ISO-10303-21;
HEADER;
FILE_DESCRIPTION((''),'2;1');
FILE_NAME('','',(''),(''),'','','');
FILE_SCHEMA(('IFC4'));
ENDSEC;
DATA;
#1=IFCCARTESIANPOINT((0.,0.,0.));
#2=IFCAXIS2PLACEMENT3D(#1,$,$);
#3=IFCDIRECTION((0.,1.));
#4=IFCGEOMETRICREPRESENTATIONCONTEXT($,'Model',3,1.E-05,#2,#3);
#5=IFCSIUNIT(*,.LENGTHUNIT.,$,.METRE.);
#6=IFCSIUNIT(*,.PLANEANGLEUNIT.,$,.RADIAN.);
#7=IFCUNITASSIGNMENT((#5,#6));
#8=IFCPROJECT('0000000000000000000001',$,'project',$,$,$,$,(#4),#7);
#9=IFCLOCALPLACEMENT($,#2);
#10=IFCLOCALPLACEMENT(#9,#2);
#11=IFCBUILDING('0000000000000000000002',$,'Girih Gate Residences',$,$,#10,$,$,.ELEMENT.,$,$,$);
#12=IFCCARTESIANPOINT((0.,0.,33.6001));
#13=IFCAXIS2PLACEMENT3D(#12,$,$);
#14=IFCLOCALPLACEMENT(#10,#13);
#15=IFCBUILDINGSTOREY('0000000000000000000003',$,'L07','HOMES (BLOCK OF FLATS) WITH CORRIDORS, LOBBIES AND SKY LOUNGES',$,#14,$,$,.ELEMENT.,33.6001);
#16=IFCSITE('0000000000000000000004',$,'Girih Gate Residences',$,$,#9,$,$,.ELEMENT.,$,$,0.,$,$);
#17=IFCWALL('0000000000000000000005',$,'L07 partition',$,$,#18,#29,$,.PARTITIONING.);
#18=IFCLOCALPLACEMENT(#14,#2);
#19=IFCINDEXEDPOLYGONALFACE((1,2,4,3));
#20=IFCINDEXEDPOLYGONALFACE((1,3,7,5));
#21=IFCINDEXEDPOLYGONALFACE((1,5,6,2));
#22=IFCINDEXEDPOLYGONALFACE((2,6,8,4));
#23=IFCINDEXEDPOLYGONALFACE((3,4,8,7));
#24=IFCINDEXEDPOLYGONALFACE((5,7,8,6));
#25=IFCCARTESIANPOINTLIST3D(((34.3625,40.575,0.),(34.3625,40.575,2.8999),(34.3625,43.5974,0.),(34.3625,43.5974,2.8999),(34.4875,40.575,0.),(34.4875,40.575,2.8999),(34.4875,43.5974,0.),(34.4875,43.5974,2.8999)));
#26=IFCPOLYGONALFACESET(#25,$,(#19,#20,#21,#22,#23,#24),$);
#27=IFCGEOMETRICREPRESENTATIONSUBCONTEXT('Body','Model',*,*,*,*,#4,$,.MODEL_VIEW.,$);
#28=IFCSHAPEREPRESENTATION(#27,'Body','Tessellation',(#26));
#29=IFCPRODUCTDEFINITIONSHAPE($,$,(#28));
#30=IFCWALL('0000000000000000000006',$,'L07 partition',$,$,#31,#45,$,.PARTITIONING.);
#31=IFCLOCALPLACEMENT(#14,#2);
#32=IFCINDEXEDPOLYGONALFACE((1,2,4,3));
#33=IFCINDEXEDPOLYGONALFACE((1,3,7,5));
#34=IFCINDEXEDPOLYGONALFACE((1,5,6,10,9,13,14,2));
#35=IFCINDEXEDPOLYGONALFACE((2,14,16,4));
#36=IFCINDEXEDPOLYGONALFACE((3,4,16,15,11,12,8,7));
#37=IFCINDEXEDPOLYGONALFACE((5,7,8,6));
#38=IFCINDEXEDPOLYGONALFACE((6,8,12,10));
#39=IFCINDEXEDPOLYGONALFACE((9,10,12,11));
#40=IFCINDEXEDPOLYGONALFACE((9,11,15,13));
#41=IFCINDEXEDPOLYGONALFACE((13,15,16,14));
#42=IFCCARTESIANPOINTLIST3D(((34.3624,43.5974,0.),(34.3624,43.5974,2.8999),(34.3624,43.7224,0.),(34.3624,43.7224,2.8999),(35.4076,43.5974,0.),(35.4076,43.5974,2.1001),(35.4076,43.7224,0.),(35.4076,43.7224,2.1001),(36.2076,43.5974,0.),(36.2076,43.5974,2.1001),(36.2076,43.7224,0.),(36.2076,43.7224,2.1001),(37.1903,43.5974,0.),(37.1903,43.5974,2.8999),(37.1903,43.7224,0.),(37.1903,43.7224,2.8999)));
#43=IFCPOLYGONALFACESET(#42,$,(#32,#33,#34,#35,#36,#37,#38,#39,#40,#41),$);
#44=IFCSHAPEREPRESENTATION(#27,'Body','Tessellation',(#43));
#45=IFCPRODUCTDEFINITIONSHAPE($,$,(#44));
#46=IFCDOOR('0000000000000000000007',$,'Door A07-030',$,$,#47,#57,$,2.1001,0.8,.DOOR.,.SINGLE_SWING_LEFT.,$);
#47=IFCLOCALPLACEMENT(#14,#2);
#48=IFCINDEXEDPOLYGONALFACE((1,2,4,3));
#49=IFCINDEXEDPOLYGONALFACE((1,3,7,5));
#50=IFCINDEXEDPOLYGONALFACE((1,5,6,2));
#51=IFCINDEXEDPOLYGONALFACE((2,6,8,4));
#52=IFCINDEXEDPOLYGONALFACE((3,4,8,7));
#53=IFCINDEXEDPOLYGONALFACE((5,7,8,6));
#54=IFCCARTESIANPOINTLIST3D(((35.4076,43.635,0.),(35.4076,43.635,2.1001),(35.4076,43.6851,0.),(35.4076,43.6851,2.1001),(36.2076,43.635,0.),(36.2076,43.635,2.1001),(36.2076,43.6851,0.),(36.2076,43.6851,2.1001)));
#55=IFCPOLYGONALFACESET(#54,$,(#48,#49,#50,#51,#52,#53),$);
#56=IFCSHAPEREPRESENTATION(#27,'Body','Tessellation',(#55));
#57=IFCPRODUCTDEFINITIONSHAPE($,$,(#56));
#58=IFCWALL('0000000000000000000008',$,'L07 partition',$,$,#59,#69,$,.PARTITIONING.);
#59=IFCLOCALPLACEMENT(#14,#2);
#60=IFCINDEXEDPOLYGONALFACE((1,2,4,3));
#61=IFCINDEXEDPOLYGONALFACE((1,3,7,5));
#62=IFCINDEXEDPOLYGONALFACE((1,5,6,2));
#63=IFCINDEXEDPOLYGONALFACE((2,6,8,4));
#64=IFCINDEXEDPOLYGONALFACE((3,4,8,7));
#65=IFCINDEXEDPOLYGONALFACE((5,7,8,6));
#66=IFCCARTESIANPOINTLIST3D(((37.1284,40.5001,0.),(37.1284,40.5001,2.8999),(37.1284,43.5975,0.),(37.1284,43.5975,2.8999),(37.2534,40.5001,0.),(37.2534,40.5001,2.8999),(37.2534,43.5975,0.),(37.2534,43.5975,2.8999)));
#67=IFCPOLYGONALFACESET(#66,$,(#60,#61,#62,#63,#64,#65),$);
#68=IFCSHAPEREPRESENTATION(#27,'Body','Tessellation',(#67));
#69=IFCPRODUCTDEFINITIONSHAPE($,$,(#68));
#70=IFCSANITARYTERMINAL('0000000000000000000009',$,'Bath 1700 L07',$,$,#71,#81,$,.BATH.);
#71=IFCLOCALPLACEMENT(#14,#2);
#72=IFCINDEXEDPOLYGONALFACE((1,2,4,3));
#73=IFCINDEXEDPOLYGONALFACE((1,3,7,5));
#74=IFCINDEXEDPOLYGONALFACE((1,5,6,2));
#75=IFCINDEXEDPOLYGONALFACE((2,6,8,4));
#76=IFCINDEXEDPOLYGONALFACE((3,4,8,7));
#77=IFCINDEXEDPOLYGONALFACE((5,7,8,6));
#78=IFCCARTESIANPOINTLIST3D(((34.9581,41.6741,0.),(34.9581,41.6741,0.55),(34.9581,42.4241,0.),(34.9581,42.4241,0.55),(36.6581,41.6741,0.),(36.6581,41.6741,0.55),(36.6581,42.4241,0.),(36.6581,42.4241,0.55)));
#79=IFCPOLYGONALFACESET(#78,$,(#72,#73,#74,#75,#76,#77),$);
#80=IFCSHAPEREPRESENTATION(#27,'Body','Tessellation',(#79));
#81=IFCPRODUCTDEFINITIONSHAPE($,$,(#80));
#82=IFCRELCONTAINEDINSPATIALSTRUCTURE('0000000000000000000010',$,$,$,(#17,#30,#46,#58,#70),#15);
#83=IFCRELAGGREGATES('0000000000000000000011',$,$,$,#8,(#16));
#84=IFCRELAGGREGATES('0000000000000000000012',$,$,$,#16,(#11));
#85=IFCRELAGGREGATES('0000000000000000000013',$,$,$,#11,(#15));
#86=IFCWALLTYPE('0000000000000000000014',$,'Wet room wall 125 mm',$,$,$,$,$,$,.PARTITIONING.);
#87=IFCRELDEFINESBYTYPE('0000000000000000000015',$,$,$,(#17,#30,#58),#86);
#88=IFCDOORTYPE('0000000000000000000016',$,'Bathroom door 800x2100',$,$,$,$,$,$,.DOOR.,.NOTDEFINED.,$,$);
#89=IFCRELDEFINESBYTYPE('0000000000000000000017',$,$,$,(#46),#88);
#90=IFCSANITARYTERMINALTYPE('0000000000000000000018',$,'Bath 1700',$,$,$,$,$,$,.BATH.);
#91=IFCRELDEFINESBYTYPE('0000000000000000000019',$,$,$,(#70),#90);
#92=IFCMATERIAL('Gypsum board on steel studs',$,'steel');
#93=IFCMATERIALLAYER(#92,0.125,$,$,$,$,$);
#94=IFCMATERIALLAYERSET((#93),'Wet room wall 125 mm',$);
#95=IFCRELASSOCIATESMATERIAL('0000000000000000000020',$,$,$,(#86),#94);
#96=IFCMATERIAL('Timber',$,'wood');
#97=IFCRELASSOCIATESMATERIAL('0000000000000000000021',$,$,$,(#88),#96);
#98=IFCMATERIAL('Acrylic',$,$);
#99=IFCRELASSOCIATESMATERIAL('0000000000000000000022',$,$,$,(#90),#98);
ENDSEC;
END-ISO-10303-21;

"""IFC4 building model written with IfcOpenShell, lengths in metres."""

from ifc_helpers import new_model, si_unit, direction, frame, frame_2d, origin, origin_2d, place, context, subcontext, project, spatial, rectangle, extrude, material, layer, layer_set, type_object, element, fill, save


model = new_model("IFC4")

# Units and contexts
model_context = context("Model", 3, precision=1e-05, world=origin(), true_north=direction((0.0, 1.0)))
body_context = subcontext(model_context, "Body", "Model", "MODEL_VIEW")
ifc_project = project(units=[si_unit("LENGTHUNIT", "METRE"), si_unit("PLANEANGLEUNIT", "RADIAN")], contexts=[model_context])

# Site, building, storey
site_placement = place(None, origin())
site = spatial("IfcSite", under=ifc_project, at=site_placement, Name="Girih Gate Residences", CompositionType="ELEMENT", RefElevation=0.0)
building_placement = place(site_placement, origin())
building = spatial("IfcBuilding", under=site, at=building_placement, Name="Girih Gate Residences", CompositionType="ELEMENT")
storey_placement = place(building_placement, frame((0.0, 0.0, 33.6001)))
storey = spatial("IfcBuildingStorey", under=building, at=storey_placement, Name="L07", Description="HOMES (BLOCK OF FLATS) WITH CORRIDORS, LOBBIES AND SKY LOUNGES", CompositionType="ELEMENT", Elevation=33.6001)

# Shared definitions
ifc_material_1 = material(Name="Gypsum board on steel studs", Category="steel")

# Shared definitions
ifc_material_2 = material(Name="Timber", Category="wood")

# Wall
ifc_layer_1 = layer(ifc_material_1, 0.125)
ifc_layer_set_1 = layer_set([ifc_layer_1], Name="Wet room wall 125 mm")
wall_type_1 = type_object("IfcWallType", Name="Wet room wall 125 mm", PredefinedType="PARTITIONING", material=ifc_layer_set_1)
wall_1_placement = place(storey_placement, frame((34.425, 40.575, 0.0), z_axis=(0.0, 0.0, 1.0), x_axis=(0.0, 1.0, 0.0)))
element("IfcWall", 1, at=wall_1_placement, inside=storey, type_object=wall_type_1, Name="L07 partition", PredefinedType="PARTITIONING", context=body_context, shape_type="SweptSolid", body=[
    extrude(rectangle(XDim=3.0225, YDim=0.125, at=frame_2d((1.5112, 0.0))), origin(), (0.0, 0.0, 1.0), 2.8999),
])

# Wall, opening, door
wall_2_placement = place(storey_placement, frame((37.1904, 43.6599, 0.0), z_axis=(0.0, 0.0, 1.0), x_axis=(-1.0, 0.0, 0.0)))
wall_2 = element("IfcWall", 2, at=wall_2_placement, inside=storey, type_object=wall_type_1, Name="L07 partition", PredefinedType="PARTITIONING", context=body_context, shape_type="SweptSolid", body=[
    extrude(rectangle(XDim=2.8279, YDim=0.125, at=frame_2d((1.4141, 0.0))), origin(), (0.0, 0.0, 1.0), 2.8999),
])
opening_1_placement = place(wall_2_placement, frame((0.9829, 0.0, 0.0)))
opening_1 = element("IfcOpeningElement", 3, at=opening_1_placement, cuts=wall_2, PredefinedType="OPENING", context=body_context, shape_type="SweptSolid", body=[
    extrude(rectangle(XDim=0.8, YDim=2.1001, at=frame_2d((0.3999, 1.05))), frame((0.0, 0.0725, 0.0), z_axis=(0.0, -1.0, 0.0), x_axis=(1.0, 0.0, 0.0)), (0.0, 0.0, 1.0), 0.145),
])
door_type_1 = type_object("IfcDoorType", Name="Bathroom door 800x2100", OperationType="NOTDEFINED", PredefinedType="DOOR", material=ifc_material_2)
door_1_placement = place(opening_1_placement, origin())
door_1 = element("IfcDoor", 4, at=door_1_placement, inside=storey, type_object=door_type_1, Name="Door A07-030", OperationType="SINGLE_SWING_LEFT", OverallHeight=2.1001, OverallWidth=0.8, PredefinedType="DOOR", context=body_context, shape_type="SweptSolid", body=[
    extrude(rectangle(XDim=0.8, YDim=2.1001, at=frame_2d((0.3999, 1.05))), frame((0.0, 0.0249, 0.0), z_axis=(0.0, -1.0, 0.0), x_axis=(1.0, 0.0, 0.0)), (0.0, 0.0, 1.0), 0.05),
])
fill(opening_1, door_1)

# Wall
wall_3_placement = place(storey_placement, frame((37.1909, 40.5, 0.0), z_axis=(0.0, 0.0, 1.0), x_axis=(0.0, 1.0, 0.0)))
element("IfcWall", 5, at=wall_3_placement, inside=storey, type_object=wall_type_1, Name="L07 partition", PredefinedType="PARTITIONING", context=body_context, shape_type="SweptSolid", body=[
    extrude(rectangle(XDim=3.0974, YDim=0.125, at=frame_2d((1.5488, 0.0))), origin(), (0.0, 0.0, 1.0), 2.8999),
])

# Sanitary terminal
ifc_material_3 = material(Name="Acrylic")
sanitary_terminal_type = type_object("IfcSanitaryTerminalType", Name="Bath 1700", PredefinedType="BATH", material=ifc_material_3)
sanitary_terminal_placement = place(storey_placement, frame((35.8081, 42.0491, 0.0), z_axis=(0.0, 0.0, 1.0), x_axis=(1.0, 0.0, 0.0)))
element("IfcSanitaryTerminal", 6, at=sanitary_terminal_placement, inside=storey, type_object=sanitary_terminal_type, Name="Bath 1700 L07", PredefinedType="BATH", context=body_context, shape_type="SweptSolid", body=[
    extrude(rectangle(XDim=1.7, YDim=0.75, at=origin_2d()), origin(), (0.0, 0.0, 1.0), 0.55),
])

save(model, "model.ifc")
